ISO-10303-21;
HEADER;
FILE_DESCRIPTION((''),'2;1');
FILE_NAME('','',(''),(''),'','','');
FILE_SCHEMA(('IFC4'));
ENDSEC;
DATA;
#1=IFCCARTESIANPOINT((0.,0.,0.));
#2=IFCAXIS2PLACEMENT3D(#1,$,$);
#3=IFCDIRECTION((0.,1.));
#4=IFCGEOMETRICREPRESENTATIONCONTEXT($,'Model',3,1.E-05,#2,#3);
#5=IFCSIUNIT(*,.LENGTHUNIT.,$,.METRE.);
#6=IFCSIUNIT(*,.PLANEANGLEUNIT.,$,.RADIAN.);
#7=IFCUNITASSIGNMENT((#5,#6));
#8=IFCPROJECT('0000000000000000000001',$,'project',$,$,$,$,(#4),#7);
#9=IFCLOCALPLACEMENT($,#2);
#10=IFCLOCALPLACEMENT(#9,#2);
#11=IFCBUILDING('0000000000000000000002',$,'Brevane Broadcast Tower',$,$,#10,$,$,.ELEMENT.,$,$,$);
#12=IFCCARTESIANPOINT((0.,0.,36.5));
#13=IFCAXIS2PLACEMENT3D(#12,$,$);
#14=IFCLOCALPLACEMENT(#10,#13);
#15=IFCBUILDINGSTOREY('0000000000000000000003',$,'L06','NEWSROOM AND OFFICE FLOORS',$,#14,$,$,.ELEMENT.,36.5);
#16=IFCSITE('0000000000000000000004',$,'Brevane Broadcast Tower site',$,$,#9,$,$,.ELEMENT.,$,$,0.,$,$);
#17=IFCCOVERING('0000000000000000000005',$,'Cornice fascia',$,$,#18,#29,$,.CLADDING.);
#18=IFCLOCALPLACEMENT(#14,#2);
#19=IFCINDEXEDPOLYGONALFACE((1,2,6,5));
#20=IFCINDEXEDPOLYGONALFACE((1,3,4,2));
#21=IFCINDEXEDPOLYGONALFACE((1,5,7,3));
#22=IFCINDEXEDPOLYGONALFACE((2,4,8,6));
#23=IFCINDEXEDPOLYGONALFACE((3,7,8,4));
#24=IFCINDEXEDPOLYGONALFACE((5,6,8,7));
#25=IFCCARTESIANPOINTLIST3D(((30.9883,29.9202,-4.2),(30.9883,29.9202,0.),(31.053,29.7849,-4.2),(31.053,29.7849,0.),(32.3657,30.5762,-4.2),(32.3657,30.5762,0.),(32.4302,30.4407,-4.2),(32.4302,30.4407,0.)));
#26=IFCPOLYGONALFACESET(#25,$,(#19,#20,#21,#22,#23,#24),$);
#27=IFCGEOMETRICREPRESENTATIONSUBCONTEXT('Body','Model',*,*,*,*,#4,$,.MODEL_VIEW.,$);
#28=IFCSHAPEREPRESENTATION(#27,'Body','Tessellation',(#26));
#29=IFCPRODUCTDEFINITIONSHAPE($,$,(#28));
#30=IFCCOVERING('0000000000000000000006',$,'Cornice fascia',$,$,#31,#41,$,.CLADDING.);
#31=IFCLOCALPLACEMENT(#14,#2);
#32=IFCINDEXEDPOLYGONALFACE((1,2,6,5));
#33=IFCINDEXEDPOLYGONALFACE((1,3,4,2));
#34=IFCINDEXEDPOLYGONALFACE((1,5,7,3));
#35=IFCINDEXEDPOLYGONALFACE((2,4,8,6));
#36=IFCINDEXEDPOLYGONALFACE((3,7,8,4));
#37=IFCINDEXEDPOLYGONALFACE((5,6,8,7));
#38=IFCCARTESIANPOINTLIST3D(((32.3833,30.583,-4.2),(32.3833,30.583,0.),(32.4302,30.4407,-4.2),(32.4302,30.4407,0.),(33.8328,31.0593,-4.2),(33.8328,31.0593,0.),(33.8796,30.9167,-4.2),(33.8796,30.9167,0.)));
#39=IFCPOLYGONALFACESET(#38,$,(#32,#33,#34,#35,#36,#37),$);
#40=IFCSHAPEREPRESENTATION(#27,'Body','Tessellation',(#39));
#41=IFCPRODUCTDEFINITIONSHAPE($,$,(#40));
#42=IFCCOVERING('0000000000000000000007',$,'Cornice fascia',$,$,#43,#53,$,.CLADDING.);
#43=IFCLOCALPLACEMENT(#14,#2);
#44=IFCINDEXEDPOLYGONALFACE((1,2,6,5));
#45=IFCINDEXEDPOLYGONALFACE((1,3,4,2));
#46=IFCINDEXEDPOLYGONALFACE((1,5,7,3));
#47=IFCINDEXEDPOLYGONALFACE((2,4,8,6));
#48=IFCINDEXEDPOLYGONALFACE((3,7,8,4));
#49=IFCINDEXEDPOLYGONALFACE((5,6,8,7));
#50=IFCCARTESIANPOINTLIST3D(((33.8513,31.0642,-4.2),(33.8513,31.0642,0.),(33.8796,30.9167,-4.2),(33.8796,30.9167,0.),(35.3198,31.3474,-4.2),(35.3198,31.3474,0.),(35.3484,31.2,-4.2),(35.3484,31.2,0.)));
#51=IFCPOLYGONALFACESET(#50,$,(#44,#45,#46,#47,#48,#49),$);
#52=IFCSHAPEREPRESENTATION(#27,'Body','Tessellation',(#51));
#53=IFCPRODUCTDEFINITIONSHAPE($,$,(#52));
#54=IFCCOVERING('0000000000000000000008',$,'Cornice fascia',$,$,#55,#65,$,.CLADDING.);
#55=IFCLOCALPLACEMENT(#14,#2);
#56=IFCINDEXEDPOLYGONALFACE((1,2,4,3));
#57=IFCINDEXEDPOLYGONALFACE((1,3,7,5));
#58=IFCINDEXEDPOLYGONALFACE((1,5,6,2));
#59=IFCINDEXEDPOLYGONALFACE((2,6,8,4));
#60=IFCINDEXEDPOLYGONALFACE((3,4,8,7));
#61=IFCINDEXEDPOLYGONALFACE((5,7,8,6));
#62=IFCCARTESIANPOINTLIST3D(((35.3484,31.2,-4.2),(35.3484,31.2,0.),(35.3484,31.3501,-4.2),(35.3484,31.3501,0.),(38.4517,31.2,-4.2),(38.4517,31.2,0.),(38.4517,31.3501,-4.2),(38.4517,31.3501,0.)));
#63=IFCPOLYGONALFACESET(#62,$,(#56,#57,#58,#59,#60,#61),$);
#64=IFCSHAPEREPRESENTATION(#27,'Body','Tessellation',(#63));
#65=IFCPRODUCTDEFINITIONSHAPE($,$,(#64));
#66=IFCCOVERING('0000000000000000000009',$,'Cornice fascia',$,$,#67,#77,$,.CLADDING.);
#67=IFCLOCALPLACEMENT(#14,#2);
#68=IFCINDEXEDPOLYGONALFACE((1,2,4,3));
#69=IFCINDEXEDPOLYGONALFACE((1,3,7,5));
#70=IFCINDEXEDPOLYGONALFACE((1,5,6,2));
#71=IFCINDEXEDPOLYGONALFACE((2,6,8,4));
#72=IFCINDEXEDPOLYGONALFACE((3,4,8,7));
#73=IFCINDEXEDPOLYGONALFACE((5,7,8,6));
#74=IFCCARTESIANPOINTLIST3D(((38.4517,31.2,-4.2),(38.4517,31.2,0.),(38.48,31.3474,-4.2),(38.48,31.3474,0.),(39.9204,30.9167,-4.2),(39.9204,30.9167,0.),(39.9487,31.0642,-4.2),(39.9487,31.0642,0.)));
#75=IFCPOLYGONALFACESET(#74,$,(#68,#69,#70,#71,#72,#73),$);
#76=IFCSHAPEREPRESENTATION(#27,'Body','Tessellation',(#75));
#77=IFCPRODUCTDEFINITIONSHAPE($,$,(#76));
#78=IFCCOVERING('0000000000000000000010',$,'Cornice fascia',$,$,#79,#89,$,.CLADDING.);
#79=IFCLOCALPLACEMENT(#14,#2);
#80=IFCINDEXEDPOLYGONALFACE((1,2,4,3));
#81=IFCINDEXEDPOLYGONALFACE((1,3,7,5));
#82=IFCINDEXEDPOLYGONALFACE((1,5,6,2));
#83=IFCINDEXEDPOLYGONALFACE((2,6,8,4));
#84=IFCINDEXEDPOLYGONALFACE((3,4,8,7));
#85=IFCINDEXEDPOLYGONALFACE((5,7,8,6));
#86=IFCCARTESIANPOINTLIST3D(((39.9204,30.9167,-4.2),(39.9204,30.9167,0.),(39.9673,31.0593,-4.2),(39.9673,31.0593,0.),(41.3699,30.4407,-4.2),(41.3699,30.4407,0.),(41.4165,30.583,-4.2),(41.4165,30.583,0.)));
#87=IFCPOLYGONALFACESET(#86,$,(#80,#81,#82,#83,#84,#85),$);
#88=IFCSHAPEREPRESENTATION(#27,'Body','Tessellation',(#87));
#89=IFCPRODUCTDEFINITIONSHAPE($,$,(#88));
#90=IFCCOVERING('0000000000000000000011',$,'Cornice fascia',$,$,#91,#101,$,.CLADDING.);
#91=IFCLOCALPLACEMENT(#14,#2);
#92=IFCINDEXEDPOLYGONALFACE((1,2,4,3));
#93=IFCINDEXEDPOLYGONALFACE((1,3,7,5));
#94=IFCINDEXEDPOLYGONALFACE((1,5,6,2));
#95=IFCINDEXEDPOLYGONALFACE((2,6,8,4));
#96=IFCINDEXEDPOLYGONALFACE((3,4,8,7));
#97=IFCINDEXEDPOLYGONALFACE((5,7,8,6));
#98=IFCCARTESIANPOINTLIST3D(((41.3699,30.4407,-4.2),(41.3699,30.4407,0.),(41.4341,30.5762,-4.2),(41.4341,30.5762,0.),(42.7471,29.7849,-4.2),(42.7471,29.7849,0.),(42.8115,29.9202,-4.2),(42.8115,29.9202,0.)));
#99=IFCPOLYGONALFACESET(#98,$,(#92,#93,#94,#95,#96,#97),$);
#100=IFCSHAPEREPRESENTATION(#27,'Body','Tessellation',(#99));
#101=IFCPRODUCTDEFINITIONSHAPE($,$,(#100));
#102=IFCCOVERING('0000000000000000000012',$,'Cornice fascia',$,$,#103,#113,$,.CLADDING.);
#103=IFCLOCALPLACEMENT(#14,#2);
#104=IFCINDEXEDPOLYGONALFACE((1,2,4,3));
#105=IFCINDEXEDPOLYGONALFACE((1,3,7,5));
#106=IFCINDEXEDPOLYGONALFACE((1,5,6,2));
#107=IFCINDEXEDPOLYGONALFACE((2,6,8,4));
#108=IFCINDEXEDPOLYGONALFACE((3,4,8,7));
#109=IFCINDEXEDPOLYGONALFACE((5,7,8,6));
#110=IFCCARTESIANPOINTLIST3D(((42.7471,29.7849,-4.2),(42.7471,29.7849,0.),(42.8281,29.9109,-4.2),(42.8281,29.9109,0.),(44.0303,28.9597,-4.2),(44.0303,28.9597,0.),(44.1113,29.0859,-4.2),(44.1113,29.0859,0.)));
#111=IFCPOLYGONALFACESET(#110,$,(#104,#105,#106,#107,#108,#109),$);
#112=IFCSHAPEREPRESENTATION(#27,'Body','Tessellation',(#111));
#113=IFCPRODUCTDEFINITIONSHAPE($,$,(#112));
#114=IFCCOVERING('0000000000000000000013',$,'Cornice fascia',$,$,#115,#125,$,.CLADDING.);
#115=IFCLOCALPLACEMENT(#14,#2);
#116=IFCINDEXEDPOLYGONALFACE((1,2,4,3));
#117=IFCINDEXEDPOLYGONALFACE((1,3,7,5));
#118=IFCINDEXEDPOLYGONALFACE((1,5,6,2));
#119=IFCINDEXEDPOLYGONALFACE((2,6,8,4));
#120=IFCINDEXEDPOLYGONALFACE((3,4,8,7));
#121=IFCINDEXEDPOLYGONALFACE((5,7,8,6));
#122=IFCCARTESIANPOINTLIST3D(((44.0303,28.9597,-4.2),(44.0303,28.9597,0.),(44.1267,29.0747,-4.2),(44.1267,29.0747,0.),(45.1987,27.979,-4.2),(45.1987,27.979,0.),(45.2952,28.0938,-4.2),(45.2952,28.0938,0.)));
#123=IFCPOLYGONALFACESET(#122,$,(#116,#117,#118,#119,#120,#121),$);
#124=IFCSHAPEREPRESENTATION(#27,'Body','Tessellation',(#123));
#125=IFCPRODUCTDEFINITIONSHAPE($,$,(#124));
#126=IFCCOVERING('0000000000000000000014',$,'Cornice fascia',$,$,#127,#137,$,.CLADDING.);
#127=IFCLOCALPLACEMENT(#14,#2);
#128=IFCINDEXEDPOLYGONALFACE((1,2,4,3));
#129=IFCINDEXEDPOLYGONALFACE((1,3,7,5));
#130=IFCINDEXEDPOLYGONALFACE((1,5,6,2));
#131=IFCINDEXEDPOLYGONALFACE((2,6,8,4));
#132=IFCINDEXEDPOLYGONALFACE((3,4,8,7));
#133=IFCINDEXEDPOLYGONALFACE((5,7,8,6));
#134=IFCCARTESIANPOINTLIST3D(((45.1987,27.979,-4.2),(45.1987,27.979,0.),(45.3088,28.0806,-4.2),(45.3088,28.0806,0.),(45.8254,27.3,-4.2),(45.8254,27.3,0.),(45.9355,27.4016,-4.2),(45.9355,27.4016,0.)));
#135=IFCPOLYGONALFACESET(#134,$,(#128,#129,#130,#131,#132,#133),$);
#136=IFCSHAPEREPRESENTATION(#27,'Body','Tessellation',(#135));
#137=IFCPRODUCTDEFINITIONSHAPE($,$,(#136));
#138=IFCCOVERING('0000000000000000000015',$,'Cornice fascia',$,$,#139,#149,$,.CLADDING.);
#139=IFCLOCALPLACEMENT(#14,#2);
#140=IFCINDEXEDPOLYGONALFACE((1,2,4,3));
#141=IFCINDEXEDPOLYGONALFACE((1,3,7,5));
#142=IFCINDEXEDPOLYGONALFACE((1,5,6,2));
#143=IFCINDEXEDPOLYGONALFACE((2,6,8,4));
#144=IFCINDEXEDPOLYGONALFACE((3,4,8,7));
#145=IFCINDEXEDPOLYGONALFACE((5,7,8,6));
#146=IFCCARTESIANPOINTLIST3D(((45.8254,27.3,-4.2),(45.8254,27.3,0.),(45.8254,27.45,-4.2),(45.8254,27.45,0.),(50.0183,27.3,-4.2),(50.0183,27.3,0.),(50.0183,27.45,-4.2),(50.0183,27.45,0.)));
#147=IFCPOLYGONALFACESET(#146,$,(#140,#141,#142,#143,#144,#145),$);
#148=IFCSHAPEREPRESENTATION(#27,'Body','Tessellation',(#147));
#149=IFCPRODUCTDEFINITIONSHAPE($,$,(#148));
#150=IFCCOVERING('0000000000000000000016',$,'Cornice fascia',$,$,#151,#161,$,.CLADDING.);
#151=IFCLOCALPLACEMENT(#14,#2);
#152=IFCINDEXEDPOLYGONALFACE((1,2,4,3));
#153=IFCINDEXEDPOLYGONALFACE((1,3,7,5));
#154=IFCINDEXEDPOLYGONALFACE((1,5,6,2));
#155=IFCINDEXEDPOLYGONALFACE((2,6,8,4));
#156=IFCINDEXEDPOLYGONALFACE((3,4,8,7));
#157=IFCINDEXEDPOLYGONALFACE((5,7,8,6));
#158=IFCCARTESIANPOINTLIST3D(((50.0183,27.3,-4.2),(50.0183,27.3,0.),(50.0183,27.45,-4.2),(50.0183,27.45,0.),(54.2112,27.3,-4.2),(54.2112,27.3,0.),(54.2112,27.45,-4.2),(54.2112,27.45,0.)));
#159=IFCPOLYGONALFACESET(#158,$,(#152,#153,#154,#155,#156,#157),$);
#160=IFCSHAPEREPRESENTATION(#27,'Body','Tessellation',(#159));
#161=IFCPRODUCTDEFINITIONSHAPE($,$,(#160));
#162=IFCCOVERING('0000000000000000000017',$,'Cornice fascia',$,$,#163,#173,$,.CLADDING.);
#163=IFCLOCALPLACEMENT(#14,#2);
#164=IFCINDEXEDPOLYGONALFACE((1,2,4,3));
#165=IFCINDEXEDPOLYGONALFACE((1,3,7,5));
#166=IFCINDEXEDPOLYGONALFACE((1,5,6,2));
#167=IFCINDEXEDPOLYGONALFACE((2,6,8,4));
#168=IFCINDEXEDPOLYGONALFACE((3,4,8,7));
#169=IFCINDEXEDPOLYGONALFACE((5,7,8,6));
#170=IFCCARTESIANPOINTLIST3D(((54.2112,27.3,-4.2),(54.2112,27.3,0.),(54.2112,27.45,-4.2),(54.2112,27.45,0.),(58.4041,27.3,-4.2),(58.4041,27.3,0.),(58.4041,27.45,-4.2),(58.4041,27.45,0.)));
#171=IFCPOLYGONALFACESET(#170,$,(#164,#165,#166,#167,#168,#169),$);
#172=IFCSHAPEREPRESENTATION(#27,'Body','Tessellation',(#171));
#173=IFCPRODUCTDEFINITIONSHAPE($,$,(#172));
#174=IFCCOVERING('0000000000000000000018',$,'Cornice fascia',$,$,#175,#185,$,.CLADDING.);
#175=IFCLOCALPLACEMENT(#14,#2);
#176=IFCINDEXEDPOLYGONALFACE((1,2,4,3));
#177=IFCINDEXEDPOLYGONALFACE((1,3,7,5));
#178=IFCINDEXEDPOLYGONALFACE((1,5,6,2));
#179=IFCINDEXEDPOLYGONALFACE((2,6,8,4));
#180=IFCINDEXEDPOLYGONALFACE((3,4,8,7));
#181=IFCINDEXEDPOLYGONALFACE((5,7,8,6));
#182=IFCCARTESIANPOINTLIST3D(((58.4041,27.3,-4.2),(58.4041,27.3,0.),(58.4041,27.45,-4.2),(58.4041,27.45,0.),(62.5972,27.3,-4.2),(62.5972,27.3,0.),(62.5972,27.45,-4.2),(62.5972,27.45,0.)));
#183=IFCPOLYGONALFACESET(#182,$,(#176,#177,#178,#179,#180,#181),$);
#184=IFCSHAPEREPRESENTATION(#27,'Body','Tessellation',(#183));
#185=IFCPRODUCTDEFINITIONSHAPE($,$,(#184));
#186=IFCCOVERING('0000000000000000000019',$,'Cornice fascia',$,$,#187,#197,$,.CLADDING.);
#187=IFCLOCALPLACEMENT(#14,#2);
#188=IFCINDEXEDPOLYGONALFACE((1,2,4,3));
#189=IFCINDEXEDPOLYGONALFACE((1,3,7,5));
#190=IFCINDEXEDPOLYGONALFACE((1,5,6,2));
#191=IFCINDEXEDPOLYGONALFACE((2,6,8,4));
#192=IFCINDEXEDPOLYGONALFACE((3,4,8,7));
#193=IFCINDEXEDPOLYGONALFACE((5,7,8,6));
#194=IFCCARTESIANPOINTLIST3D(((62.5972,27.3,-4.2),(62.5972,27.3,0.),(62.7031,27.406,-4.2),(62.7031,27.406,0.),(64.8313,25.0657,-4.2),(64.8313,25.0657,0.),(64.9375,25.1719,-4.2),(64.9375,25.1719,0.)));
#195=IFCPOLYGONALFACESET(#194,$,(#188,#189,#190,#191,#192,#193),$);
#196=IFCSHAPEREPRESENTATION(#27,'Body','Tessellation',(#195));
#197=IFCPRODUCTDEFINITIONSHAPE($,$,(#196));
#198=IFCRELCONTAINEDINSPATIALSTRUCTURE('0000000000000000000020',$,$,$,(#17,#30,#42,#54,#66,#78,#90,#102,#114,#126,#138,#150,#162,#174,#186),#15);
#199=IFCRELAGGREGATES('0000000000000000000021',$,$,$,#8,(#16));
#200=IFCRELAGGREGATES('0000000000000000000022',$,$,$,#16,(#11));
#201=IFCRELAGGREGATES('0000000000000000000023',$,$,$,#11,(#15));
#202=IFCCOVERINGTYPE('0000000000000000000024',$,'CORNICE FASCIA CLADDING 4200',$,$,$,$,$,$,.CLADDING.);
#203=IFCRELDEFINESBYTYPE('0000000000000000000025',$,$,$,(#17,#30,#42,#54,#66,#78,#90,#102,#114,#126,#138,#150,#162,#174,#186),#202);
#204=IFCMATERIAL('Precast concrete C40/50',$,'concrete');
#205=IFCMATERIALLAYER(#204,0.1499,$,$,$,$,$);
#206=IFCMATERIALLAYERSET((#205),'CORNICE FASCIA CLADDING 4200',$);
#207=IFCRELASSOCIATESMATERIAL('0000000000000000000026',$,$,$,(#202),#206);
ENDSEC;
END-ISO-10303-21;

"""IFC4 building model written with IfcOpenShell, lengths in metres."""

from ifc_helpers import new_model, si_unit, direction, frame, origin, place, context, subcontext, project, spatial, polyline, outline, extrude, material, layer, layer_set, type_object, element, save


model = new_model("IFC4")

# Units and contexts
model_context = context("Model", 3, precision=1e-05, world=origin(), true_north=direction((0.0, 1.0)))
body_context = subcontext(model_context, "Body", "Model", "MODEL_VIEW")
ifc_project = project(units=[si_unit("LENGTHUNIT", "METRE"), si_unit("PLANEANGLEUNIT", "RADIAN")], contexts=[model_context])

# Site, building, storey
site_placement = place(None, origin())
site = spatial("IfcSite", under=ifc_project, at=site_placement, Name="Brevane Broadcast Tower site", CompositionType="ELEMENT", RefElevation=0.0)
building_placement = place(site_placement, origin())
building = spatial("IfcBuilding", under=site, at=building_placement, Name="Brevane Broadcast Tower", CompositionType="ELEMENT")
storey_placement = place(building_placement, frame((0.0, 0.0, 36.5)))
storey = spatial("IfcBuildingStorey", under=building, at=storey_placement, Name="L06", Description="NEWSROOM AND OFFICE FLOORS", CompositionType="ELEMENT", Elevation=36.5)

# Coverings
ifc_material = material(Name="Precast concrete C40/50", Category="concrete")
ifc_layer = layer(ifc_material, 0.1499)
ifc_layer_set = layer_set([ifc_layer], Name="CORNICE FASCIA CLADDING 4200")
covering_type = type_object("IfcCoveringType", Name="CORNICE FASCIA CLADDING 4200", PredefinedType="CLADDING", material=ifc_layer_set)
covering_1_placement = place(storey_placement, frame((0.0, 0.0, -4.2)))
element("IfcCovering", 1, at=covering_1_placement, inside=storey, type_object=covering_type, Name="Cornice fascia", PredefinedType="CLADDING", context=body_context, shape_type="SweptSolid", body=[
    extrude(outline(polyline([(31.053, 29.7849), (32.4302, 30.4407), (32.3657, 30.5762), (30.9883, 29.9202), (31.053, 29.7849)])), origin(), (0.0, 0.0, 1.0), 4.2),
])
covering_2_placement = place(storey_placement, frame((0.0, 0.0, -4.2)))
element("IfcCovering", 2, at=covering_2_placement, inside=storey, type_object=covering_type, Name="Cornice fascia", PredefinedType="CLADDING", context=body_context, shape_type="SweptSolid", body=[
    extrude(outline(polyline([(32.4302, 30.4407), (33.8796, 30.9167), (33.8328, 31.0593), (32.3833, 30.583), (32.4302, 30.4407)])), origin(), (0.0, 0.0, 1.0), 4.2),
])
covering_3_placement = place(storey_placement, frame((0.0, 0.0, -4.2)))
element("IfcCovering", 3, at=covering_3_placement, inside=storey, type_object=covering_type, Name="Cornice fascia", PredefinedType="CLADDING", context=body_context, shape_type="SweptSolid", body=[
    extrude(outline(polyline([(33.8796, 30.9167), (35.3484, 31.2), (35.3198, 31.3474), (33.8513, 31.0642), (33.8796, 30.9167)])), origin(), (0.0, 0.0, 1.0), 4.2),
])
covering_4_placement = place(storey_placement, frame((0.0, 0.0, -4.2)))
element("IfcCovering", 4, at=covering_4_placement, inside=storey, type_object=covering_type, Name="Cornice fascia", PredefinedType="CLADDING", context=body_context, shape_type="SweptSolid", body=[
    extrude(outline(polyline([(35.3484, 31.2), (38.4517, 31.2), (38.4517, 31.3501), (35.3484, 31.3501), (35.3484, 31.2)])), origin(), (0.0, 0.0, 1.0), 4.2),
])
covering_5_placement = place(storey_placement, frame((0.0, 0.0, -4.2)))
element("IfcCovering", 5, at=covering_5_placement, inside=storey, type_object=covering_type, Name="Cornice fascia", PredefinedType="CLADDING", context=body_context, shape_type="SweptSolid", body=[
    extrude(outline(polyline([(38.4517, 31.2), (39.9204, 30.9167), (39.9487, 31.0642), (38.48, 31.3474), (38.4517, 31.2)])), origin(), (0.0, 0.0, 1.0), 4.2),
])
covering_6_placement = place(storey_placement, frame((0.0, 0.0, -4.2)))
element("IfcCovering", 6, at=covering_6_placement, inside=storey, type_object=covering_type, Name="Cornice fascia", PredefinedType="CLADDING", context=body_context, shape_type="SweptSolid", body=[
    extrude(outline(polyline([(39.9204, 30.9167), (41.3699, 30.4407), (41.4165, 30.583), (39.9673, 31.0593), (39.9204, 30.9167)])), origin(), (0.0, 0.0, 1.0), 4.2),
])
covering_7_placement = place(storey_placement, frame((0.0, 0.0, -4.2)))
element("IfcCovering", 7, at=covering_7_placement, inside=storey, type_object=covering_type, Name="Cornice fascia", PredefinedType="CLADDING", context=body_context, shape_type="SweptSolid", body=[
    extrude(outline(polyline([(41.3699, 30.4407), (42.7471, 29.7849), (42.8115, 29.9202), (41.4341, 30.5762), (41.3699, 30.4407)])), origin(), (0.0, 0.0, 1.0), 4.2),
])
covering_8_placement = place(storey_placement, frame((0.0, 0.0, -4.2)))
element("IfcCovering", 8, at=covering_8_placement, inside=storey, type_object=covering_type, Name="Cornice fascia", PredefinedType="CLADDING", context=body_context, shape_type="SweptSolid", body=[
    extrude(outline(polyline([(42.7471, 29.7849), (44.0303, 28.9597), (44.1113, 29.0859), (42.8281, 29.9109), (42.7471, 29.7849)])), origin(), (0.0, 0.0, 1.0), 4.2),
])
covering_9_placement = place(storey_placement, frame((0.0, 0.0, -4.2)))
element("IfcCovering", 9, at=covering_9_placement, inside=storey, type_object=covering_type, Name="Cornice fascia", PredefinedType="CLADDING", context=body_context, shape_type="SweptSolid", body=[
    extrude(outline(polyline([(44.0303, 28.9597), (45.1987, 27.979), (45.2952, 28.0938), (44.1267, 29.0747), (44.0303, 28.9597)])), origin(), (0.0, 0.0, 1.0), 4.2),
])
covering_10_placement = place(storey_placement, frame((0.0, 0.0, -4.2)))
element("IfcCovering", 10, at=covering_10_placement, inside=storey, type_object=covering_type, Name="Cornice fascia", PredefinedType="CLADDING", context=body_context, shape_type="SweptSolid", body=[
    extrude(outline(polyline([(45.1987, 27.979), (45.8254, 27.3), (45.9355, 27.4016), (45.3088, 28.0806), (45.1987, 27.979)])), origin(), (0.0, 0.0, 1.0), 4.2),
])
covering_11_placement = place(storey_placement, frame((0.0, 0.0, -4.2)))
element("IfcCovering", 11, at=covering_11_placement, inside=storey, type_object=covering_type, Name="Cornice fascia", PredefinedType="CLADDING", context=body_context, shape_type="SweptSolid", body=[
    extrude(outline(polyline([(45.8254, 27.3), (50.0183, 27.3), (50.0183, 27.45), (45.8254, 27.45), (45.8254, 27.3)])), origin(), (0.0, 0.0, 1.0), 4.2),
])
covering_12_placement = place(storey_placement, frame((0.0, 0.0, -4.2)))
element("IfcCovering", 12, at=covering_12_placement, inside=storey, type_object=covering_type, Name="Cornice fascia", PredefinedType="CLADDING", context=body_context, shape_type="SweptSolid", body=[
    extrude(outline(polyline([(50.0183, 27.3), (54.2112, 27.3), (54.2112, 27.45), (50.0183, 27.45), (50.0183, 27.3)])), origin(), (0.0, 0.0, 1.0), 4.2),
])
covering_13_placement = place(storey_placement, frame((0.0, 0.0, -4.2)))
element("IfcCovering", 13, at=covering_13_placement, inside=storey, type_object=covering_type, Name="Cornice fascia", PredefinedType="CLADDING", context=body_context, shape_type="SweptSolid", body=[
    extrude(outline(polyline([(54.2112, 27.3), (58.4041, 27.3), (58.4041, 27.45), (54.2112, 27.45), (54.2112, 27.3)])), origin(), (0.0, 0.0, 1.0), 4.2),
])
covering_14_placement = place(storey_placement, frame((0.0, 0.0, -4.2)))
element("IfcCovering", 14, at=covering_14_placement, inside=storey, type_object=covering_type, Name="Cornice fascia", PredefinedType="CLADDING", context=body_context, shape_type="SweptSolid", body=[
    extrude(outline(polyline([(58.4041, 27.3), (62.5972, 27.3), (62.5972, 27.45), (58.4041, 27.45), (58.4041, 27.3)])), origin(), (0.0, 0.0, 1.0), 4.2),
])
covering_15_placement = place(storey_placement, frame((0.0, 0.0, -4.2)))
element("IfcCovering", 15, at=covering_15_placement, inside=storey, type_object=covering_type, Name="Cornice fascia", PredefinedType="CLADDING", context=body_context, shape_type="SweptSolid", body=[
    extrude(outline(polyline([(62.5972, 27.3), (64.8313, 25.0657), (64.9375, 25.1719), (62.7031, 27.406), (62.5972, 27.3)])), origin(), (0.0, 0.0, 1.0), 4.2),
])

save(model, "model.ifc")
